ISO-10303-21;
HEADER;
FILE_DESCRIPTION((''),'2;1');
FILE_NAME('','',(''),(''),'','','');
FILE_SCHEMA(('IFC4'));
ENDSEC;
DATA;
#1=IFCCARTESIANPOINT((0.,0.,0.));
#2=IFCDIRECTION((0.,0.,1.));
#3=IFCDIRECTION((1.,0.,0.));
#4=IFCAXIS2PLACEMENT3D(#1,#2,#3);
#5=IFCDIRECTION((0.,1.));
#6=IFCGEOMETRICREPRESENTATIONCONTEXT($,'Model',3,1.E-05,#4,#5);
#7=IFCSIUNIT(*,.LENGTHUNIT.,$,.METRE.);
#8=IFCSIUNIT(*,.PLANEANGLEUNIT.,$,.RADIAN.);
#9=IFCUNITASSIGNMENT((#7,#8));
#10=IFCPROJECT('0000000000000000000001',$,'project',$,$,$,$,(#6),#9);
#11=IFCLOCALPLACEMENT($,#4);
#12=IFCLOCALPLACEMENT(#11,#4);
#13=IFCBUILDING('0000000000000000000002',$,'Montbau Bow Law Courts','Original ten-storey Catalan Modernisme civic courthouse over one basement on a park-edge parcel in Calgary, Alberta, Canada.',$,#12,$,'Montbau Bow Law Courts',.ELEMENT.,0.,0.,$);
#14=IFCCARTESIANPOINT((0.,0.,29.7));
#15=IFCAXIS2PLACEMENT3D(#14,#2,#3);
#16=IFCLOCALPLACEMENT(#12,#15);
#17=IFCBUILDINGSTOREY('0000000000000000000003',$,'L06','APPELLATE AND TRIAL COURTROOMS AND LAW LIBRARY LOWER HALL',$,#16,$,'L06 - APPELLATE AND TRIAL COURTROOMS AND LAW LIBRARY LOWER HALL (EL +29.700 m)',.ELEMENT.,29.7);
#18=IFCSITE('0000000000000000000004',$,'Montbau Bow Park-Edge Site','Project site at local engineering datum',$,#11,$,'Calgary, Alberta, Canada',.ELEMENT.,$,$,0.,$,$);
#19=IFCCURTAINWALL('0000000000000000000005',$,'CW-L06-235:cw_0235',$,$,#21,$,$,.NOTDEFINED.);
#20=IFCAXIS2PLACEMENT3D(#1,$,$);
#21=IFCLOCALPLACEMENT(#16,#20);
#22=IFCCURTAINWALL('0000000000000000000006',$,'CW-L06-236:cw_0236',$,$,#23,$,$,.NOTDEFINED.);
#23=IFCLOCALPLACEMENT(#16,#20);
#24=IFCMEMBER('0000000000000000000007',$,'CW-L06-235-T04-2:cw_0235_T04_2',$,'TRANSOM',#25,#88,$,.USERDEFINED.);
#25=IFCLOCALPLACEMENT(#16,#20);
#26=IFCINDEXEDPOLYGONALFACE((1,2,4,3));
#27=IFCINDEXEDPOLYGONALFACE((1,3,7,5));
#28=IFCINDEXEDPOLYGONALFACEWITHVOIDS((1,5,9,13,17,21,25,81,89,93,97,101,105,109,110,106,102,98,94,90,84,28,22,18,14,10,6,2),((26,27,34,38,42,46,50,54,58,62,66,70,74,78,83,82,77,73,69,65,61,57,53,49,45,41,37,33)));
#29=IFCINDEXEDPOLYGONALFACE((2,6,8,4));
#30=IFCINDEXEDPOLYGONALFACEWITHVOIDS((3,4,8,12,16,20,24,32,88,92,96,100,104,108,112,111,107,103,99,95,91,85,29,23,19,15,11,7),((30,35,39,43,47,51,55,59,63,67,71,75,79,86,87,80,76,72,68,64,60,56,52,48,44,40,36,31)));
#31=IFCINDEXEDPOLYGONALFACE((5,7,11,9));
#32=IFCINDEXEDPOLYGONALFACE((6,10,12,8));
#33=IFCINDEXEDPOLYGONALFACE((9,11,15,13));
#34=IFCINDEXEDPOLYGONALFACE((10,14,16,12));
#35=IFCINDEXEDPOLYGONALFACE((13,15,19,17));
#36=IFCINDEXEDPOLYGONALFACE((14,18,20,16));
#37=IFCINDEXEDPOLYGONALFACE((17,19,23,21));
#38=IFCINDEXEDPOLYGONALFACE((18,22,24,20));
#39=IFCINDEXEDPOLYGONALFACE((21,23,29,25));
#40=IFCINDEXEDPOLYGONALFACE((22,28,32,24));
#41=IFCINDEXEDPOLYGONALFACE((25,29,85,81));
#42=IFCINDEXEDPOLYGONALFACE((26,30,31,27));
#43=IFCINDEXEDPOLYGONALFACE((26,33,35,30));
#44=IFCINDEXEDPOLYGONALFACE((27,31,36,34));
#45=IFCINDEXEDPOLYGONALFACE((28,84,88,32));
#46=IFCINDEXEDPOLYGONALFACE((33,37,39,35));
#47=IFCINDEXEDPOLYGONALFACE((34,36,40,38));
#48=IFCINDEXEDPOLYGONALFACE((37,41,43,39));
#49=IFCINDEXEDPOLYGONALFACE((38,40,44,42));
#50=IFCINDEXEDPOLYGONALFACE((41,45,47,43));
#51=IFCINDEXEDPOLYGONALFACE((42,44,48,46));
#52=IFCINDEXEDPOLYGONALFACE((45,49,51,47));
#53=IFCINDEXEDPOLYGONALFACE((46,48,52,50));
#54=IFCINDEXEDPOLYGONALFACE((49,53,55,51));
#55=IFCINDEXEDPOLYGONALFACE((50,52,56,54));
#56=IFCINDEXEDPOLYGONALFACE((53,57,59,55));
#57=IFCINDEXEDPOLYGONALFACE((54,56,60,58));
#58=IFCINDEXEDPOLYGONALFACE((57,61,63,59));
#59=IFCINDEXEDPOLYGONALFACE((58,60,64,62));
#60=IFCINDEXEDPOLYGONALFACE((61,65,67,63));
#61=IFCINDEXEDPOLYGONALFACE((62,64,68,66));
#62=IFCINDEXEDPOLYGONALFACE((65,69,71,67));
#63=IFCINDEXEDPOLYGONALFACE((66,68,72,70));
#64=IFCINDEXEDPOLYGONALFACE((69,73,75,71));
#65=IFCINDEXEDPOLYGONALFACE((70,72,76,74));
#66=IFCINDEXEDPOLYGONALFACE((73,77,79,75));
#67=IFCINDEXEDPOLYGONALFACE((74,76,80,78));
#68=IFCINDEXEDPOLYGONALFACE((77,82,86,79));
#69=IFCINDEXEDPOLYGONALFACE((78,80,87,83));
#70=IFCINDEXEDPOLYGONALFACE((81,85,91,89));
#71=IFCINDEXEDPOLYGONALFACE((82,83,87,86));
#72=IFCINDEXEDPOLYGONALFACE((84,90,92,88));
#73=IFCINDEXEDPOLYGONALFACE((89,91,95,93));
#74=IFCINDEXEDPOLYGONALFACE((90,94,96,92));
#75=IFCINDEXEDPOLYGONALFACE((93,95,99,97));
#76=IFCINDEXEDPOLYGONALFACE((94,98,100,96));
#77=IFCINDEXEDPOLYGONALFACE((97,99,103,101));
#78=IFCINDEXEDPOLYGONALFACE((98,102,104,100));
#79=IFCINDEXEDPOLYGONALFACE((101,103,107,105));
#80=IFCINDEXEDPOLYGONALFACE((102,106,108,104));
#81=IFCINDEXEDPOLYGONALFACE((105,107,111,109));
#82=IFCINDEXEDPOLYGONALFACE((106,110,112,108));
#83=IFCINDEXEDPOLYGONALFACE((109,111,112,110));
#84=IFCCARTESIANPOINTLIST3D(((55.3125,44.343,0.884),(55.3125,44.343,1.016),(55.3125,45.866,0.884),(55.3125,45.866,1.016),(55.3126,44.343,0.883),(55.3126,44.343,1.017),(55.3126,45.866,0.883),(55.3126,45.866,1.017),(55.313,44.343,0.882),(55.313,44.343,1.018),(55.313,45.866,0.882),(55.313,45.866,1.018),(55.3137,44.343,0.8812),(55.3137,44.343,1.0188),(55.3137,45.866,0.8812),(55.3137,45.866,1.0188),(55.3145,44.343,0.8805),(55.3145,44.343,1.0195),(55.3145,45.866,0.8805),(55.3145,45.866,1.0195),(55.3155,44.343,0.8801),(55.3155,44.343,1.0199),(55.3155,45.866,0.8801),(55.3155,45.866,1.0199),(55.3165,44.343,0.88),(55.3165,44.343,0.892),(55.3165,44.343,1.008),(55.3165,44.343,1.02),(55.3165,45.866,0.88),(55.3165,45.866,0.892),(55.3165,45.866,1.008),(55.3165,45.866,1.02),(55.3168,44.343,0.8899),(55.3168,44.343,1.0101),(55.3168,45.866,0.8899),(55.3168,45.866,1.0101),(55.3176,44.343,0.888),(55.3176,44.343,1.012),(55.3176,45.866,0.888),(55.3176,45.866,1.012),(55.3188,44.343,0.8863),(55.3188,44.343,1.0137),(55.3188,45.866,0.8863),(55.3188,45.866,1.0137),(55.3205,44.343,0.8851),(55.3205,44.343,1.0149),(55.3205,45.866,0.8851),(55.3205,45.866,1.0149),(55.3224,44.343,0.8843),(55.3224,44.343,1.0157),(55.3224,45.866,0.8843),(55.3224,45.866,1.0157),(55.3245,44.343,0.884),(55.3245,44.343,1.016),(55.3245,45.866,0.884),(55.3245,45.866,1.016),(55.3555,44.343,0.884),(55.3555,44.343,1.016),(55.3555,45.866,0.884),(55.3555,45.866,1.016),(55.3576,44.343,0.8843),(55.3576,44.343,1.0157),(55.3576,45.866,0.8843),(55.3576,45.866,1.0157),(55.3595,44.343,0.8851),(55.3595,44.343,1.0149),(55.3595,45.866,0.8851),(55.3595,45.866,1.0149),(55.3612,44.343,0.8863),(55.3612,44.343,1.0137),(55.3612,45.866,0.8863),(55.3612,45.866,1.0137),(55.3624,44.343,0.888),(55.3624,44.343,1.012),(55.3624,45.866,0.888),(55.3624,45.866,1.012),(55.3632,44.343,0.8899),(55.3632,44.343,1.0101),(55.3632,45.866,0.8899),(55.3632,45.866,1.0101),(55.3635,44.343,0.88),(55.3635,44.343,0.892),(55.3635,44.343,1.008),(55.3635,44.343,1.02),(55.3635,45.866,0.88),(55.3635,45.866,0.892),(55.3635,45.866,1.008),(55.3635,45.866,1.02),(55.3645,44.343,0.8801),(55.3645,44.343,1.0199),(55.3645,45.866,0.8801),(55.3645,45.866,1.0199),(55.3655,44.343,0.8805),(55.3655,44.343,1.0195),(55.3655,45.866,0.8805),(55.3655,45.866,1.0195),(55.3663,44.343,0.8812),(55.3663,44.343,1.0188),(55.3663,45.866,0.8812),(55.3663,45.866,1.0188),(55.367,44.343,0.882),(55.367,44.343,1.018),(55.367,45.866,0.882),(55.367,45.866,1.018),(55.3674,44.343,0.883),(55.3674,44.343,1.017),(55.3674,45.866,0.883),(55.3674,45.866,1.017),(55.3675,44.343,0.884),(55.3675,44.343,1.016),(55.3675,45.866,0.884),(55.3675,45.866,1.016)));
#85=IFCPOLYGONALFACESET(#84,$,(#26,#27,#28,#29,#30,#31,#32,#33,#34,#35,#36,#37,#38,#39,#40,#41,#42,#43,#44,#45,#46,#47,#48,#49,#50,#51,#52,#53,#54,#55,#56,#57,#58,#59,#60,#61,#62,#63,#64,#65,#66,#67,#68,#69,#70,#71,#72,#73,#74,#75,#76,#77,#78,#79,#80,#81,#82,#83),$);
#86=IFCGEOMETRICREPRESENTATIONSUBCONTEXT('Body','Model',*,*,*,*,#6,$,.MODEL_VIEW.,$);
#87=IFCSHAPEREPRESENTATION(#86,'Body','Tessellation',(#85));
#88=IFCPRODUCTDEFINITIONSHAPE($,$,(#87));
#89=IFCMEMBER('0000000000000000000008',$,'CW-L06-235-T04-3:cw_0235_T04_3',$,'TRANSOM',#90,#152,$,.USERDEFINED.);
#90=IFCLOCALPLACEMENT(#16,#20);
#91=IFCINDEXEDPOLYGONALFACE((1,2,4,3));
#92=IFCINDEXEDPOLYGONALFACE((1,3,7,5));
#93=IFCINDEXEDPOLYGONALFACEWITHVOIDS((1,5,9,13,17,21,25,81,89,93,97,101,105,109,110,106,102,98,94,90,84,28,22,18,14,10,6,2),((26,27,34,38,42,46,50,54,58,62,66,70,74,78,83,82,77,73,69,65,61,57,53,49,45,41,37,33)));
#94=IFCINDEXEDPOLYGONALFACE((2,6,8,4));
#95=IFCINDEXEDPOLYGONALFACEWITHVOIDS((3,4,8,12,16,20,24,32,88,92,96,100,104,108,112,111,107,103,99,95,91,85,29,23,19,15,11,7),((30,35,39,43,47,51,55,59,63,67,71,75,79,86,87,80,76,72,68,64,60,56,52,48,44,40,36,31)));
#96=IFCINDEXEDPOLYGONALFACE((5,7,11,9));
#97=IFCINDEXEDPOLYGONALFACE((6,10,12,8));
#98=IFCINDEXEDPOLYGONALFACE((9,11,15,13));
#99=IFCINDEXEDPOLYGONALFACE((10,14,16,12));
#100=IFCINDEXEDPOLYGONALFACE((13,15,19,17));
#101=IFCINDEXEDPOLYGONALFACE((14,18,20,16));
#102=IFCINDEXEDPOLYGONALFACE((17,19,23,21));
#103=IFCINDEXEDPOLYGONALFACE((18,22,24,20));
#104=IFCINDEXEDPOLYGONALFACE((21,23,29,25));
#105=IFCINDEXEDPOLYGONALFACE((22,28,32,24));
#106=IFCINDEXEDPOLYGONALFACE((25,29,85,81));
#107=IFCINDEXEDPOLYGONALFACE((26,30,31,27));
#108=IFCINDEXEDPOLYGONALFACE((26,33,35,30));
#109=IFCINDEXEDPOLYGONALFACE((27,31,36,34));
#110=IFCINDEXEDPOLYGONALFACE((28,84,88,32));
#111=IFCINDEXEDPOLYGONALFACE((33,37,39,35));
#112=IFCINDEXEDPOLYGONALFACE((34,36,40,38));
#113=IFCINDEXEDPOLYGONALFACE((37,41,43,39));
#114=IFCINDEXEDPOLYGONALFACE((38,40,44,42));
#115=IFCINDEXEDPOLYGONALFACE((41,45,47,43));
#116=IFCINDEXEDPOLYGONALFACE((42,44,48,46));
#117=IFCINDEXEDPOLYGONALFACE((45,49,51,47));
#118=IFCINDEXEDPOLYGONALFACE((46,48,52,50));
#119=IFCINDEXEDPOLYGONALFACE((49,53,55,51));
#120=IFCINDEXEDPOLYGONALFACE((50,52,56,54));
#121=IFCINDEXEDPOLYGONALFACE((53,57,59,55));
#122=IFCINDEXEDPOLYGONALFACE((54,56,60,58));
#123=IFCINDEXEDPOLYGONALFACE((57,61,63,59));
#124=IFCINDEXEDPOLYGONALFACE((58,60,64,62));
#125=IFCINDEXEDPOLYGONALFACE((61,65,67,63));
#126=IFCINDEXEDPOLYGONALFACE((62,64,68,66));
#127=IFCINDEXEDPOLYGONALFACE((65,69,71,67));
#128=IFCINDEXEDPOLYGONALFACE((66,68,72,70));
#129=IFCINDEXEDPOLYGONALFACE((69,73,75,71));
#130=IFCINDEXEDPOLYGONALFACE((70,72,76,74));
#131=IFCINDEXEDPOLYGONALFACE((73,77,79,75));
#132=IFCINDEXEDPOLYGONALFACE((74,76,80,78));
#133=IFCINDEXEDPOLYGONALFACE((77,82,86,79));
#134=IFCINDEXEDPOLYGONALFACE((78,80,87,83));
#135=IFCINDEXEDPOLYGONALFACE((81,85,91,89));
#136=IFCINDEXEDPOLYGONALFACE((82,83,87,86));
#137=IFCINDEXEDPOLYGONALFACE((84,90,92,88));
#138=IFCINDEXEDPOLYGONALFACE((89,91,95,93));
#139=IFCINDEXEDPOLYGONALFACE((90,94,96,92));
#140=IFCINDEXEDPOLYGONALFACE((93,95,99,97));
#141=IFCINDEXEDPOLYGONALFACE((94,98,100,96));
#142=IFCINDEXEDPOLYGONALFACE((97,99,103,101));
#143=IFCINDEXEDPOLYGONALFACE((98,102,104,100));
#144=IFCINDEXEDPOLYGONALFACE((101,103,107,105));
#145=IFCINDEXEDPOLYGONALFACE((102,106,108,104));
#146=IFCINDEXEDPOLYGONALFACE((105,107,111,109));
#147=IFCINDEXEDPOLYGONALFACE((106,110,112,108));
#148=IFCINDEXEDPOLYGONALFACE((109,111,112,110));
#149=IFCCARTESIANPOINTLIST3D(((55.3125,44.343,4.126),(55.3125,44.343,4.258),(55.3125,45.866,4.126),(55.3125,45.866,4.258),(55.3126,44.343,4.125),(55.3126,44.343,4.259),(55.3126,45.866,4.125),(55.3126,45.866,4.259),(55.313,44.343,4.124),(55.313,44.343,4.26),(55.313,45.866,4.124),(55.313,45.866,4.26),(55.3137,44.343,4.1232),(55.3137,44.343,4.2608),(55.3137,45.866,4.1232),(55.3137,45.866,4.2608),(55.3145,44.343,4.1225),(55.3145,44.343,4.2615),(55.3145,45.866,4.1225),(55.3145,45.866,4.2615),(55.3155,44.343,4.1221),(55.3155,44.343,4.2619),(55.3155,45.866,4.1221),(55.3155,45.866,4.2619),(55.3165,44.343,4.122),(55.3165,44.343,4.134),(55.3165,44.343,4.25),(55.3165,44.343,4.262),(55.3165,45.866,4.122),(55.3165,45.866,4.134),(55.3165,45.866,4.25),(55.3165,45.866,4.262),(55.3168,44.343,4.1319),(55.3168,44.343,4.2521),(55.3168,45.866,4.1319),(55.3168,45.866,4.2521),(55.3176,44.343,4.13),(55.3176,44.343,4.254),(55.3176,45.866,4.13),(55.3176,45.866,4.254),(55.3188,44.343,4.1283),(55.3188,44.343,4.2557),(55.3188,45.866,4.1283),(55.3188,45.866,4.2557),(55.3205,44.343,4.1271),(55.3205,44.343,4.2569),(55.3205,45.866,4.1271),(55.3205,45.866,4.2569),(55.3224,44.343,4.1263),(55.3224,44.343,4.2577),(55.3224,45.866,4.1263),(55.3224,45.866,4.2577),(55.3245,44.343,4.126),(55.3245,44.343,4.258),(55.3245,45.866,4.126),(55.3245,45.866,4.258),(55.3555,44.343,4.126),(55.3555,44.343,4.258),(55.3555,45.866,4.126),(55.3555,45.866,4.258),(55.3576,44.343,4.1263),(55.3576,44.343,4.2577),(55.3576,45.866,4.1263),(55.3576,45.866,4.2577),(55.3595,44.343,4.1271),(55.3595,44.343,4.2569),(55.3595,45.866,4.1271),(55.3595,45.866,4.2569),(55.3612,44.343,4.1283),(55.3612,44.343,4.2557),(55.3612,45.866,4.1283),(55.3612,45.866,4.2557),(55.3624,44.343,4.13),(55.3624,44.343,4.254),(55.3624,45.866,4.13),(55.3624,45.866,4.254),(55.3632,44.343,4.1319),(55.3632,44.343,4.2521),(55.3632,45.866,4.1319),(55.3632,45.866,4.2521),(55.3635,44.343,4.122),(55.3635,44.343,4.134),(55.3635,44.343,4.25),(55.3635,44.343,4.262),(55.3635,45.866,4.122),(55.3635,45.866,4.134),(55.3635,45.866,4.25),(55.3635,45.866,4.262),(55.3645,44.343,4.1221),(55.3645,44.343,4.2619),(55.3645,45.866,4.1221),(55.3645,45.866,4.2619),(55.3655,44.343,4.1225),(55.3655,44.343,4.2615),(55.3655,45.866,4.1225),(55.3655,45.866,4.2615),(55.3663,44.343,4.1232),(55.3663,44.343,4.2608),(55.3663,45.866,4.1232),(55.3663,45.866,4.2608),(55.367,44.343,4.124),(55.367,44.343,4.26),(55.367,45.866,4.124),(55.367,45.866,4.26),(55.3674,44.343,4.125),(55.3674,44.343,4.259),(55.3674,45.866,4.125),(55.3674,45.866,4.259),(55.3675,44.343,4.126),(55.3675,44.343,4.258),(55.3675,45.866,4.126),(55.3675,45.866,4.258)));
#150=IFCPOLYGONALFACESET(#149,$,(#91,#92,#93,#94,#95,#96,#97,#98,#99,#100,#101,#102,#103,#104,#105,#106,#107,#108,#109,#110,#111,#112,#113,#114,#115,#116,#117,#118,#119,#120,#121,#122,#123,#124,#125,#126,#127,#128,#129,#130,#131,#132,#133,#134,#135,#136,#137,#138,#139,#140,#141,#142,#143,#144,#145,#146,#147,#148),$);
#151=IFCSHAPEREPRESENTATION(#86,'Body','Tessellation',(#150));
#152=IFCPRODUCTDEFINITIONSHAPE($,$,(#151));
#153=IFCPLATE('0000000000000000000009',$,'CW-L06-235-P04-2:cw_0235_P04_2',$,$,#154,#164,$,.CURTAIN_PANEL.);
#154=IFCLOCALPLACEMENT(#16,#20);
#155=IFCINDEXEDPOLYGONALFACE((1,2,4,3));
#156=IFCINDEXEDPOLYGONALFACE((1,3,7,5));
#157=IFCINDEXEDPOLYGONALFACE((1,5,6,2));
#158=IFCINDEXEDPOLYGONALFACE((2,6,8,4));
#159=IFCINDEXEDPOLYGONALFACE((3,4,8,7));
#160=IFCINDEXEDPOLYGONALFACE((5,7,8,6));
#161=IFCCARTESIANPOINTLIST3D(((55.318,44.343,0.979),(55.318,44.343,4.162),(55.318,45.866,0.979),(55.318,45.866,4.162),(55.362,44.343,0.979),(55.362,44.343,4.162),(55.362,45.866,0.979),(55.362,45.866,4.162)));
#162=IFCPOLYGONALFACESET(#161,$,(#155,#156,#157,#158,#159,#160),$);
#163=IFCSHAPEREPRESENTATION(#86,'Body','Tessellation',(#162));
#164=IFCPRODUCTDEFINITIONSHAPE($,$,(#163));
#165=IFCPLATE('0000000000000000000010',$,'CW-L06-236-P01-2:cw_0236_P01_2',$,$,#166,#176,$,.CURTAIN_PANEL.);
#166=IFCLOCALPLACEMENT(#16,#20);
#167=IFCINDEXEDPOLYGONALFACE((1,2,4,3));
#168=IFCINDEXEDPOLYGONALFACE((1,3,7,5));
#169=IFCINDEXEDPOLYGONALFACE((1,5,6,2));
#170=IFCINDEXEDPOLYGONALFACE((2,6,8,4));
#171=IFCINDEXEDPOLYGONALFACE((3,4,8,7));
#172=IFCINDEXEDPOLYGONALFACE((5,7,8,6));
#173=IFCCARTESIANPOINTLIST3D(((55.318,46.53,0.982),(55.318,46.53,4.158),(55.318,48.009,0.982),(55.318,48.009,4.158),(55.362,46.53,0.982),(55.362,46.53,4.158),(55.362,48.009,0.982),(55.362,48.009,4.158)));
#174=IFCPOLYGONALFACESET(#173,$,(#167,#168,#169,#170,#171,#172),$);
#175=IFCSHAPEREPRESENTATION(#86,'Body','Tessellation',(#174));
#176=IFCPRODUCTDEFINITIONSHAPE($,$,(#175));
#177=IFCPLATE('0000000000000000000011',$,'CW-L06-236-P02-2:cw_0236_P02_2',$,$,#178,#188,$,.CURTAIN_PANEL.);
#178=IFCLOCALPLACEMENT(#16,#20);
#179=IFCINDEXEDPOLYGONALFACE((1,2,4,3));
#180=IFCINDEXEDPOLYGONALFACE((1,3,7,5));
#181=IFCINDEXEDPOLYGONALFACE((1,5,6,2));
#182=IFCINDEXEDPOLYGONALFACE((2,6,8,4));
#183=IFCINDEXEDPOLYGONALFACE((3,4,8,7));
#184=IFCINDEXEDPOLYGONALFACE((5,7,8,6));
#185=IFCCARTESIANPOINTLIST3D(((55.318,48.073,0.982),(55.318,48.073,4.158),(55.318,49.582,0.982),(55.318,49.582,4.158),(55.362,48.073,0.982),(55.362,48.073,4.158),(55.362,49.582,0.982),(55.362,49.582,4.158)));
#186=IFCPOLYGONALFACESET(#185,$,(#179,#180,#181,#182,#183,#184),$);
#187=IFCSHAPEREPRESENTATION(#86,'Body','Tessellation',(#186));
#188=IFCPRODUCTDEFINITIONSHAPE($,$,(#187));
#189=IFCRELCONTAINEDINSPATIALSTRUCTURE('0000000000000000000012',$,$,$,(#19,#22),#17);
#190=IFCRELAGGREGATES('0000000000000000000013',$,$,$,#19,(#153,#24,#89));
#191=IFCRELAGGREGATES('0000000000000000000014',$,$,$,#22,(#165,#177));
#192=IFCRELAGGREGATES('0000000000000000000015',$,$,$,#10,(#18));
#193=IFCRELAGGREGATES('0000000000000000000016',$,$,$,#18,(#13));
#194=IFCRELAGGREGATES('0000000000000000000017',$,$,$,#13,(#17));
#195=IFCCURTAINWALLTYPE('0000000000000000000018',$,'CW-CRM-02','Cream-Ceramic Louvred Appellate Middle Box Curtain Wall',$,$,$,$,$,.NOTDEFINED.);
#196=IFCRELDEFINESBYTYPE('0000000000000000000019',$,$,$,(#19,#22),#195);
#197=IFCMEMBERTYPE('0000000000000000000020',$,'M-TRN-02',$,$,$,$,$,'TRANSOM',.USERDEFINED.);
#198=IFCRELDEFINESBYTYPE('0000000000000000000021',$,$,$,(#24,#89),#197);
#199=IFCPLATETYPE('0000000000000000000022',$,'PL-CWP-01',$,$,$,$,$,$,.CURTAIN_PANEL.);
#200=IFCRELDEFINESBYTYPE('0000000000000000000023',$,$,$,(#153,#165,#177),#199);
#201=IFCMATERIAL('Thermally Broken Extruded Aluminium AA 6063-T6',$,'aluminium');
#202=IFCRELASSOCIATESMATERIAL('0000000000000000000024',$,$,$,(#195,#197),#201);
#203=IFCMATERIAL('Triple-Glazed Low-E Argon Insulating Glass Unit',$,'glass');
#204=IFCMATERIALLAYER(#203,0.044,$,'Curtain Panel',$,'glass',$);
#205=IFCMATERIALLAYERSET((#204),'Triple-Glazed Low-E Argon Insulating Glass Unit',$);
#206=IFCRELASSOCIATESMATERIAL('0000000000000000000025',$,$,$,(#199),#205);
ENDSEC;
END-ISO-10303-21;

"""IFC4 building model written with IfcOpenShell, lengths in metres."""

from ifc_helpers import new_model, si_unit, direction, frame, frame_2d, origin_with_axes, origin_2d_with_axis, place, context, subcontext, project, spatial, rectangle, hollow_rectangle, extrude, material, layer, layer_set, material_profile, profile_set, type_object, element, aggregate, save


model = new_model("IFC4")

# Units and contexts
model_context = context("Model", 3, precision=1e-05, world=origin_with_axes(), true_north=direction((0.0, 1.0)))
body_context = subcontext(model_context, "Body", "Model", "MODEL_VIEW")
ifc_project = project(units=[si_unit("LENGTHUNIT", "METRE"), si_unit("PLANEANGLEUNIT", "RADIAN")], contexts=[model_context])

# Site, building, storey
site_placement = place(None, origin_with_axes())
site = spatial("IfcSite", under=ifc_project, at=site_placement, Name="Montbau Bow Park-Edge Site", Description="Project site at local engineering datum", LongName="Calgary, Alberta, Canada", CompositionType="ELEMENT", RefElevation=0.0)
building_placement = place(site_placement, origin_with_axes())
building = spatial("IfcBuilding", under=site, at=building_placement, Name="Montbau Bow Law Courts", Description="Original ten-storey Catalan Modernisme civic courthouse over one basement on a park-edge parcel in Calgary, Alberta, Canada.", LongName="Montbau Bow Law Courts", CompositionType="ELEMENT", ElevationOfRefHeight=0.0, ElevationOfTerrain=0.0)
storey_placement = place(building_placement, frame((0.0, 0.0, 29.7), z_axis=(0.0, 0.0, 1.0), x_axis=(1.0, 0.0, 0.0)))
storey = spatial("IfcBuildingStorey", under=building, at=storey_placement, Name="L06", Description="APPELLATE AND TRIAL COURTROOMS AND LAW LIBRARY LOWER HALL", LongName="L06 - APPELLATE AND TRIAL COURTROOMS AND LAW LIBRARY LOWER HALL (EL +29.700 m)", CompositionType="ELEMENT", Elevation=29.7)

# Curtain wall
ifc_material_1 = material(Name="Thermally Broken Extruded Aluminium AA 6063-T6", Category="aluminium")
curtain_wall_type = type_object("IfcCurtainWallType", Name="CW-CRM-02", Description="Cream-Ceramic Louvred Appellate Middle Box Curtain Wall", PredefinedType="NOTDEFINED", material=ifc_material_1)
curtain_wall_1_placement = place(None, frame((55.34, 39.44, 29.7), z_axis=(0.0, 0.0, 1.0), x_axis=(1.0, 0.0, 0.0)))
curtain_wall_1 = element("IfcCurtainWall", 1, at=curtain_wall_1_placement, inside=storey, type_object=curtain_wall_type, Name="CW-L06-235:cw_0235", PredefinedType="NOTDEFINED")

# Curtain wall
curtain_wall_2_placement = place(None, frame((55.34, 46.468, 29.7), z_axis=(0.0, 0.0, 1.0), x_axis=(1.0, 0.0, 0.0)))
curtain_wall_2 = element("IfcCurtainWall", 2, at=curtain_wall_2_placement, inside=storey, type_object=curtain_wall_type, Name="CW-L06-236:cw_0236", PredefinedType="NOTDEFINED")

# Members
ifc_material_profile_1 = material_profile(ifc_material_1, hollow_rectangle(XDim=0.055, YDim=0.14, WallThickness=0.004, InnerFilletRadius=0.008, OuterFilletRadius=0.004, at=origin_2d_with_axis()), Name="CWT-140X55", Category="Main", Priority=0)
ifc_profile_set_1 = profile_set([ifc_material_profile_1], Name="Thermally Broken Extruded Aluminium AA 6063-T6")
member_type_1 = type_object("IfcMemberType", Name="M-TRN-02", ElementType="TRANSOM", PredefinedType="USERDEFINED", material=ifc_profile_set_1)
member_1_placement = place(None, frame((55.34, 44.343, 30.65), z_axis=(0.0, 1.0, 0.0), x_axis=(-1.0, 0.0, 0.0)))
member_1 = element("IfcMember", 3, at=member_1_placement, type_object=member_type_1, Name="CW-L06-235-T04-2:cw_0235_T04_2", ObjectType="TRANSOM", PredefinedType="USERDEFINED", context=body_context, shape_type="SweptSolid", body=[
    extrude(hollow_rectangle(XDim=0.055, YDim=0.14, WallThickness=0.004, InnerFilletRadius=0.008, OuterFilletRadius=0.004, at=origin_2d_with_axis()), origin_with_axes(), (0.0, 0.0, 1.0), 1.523),
])
member_2_placement = place(None, frame((55.34, 44.343, 33.892), z_axis=(0.0, 1.0, 0.0), x_axis=(-1.0, 0.0, 0.0)))
member_2 = element("IfcMember", 4, at=member_2_placement, type_object=member_type_1, Name="CW-L06-235-T04-3:cw_0235_T04_3", ObjectType="TRANSOM", PredefinedType="USERDEFINED", context=body_context, shape_type="SweptSolid", body=[
    extrude(hollow_rectangle(XDim=0.055, YDim=0.14, WallThickness=0.004, InnerFilletRadius=0.008, OuterFilletRadius=0.004, at=origin_2d_with_axis()), origin_with_axes(), (0.0, 0.0, 1.0), 1.523),
])

# Plates
ifc_material_2 = material(Name="Triple-Glazed Low-E Argon Insulating Glass Unit", Category="glass")
ifc_layer_1 = layer(ifc_material_2, 0.044, Name="Curtain Panel", Category="glass")
ifc_layer_set_1 = layer_set([ifc_layer_1], Name="Triple-Glazed Low-E Argon Insulating Glass Unit")
plate_type_1 = type_object("IfcPlateType", Name="PL-CWP-01", PredefinedType="CURTAIN_PANEL", material=ifc_layer_set_1)
plate_1_placement = place(None, frame((55.34, 44.343, 30.679), z_axis=(1.0, 0.0, 0.0), x_axis=(0.0, 1.0, 0.0)))
plate_1 = element("IfcPlate", 5, at=plate_1_placement, type_object=plate_type_1, Name="CW-L06-235-P04-2:cw_0235_P04_2", PredefinedType="CURTAIN_PANEL", context=body_context, shape_type="SweptSolid", body=[
    extrude(rectangle(XDim=1.523, YDim=3.183, at=frame_2d((0.7615, 1.5915), x_axis=(1.0, 0.0))), frame((0.0, 0.0, -0.022), z_axis=(0.0, 0.0, 1.0), x_axis=(1.0, 0.0, 0.0)), (0.0, 0.0, 1.0), 0.044),
])
plate_2_placement = place(None, frame((55.34, 46.53, 30.682), z_axis=(1.0, 0.0, 0.0), x_axis=(0.0, 1.0, 0.0)))
plate_2 = element("IfcPlate", 6, at=plate_2_placement, type_object=plate_type_1, Name="CW-L06-236-P01-2:cw_0236_P01_2", PredefinedType="CURTAIN_PANEL", context=body_context, shape_type="SweptSolid", body=[
    extrude(rectangle(XDim=1.479, YDim=3.176, at=frame_2d((0.7395, 1.588), x_axis=(1.0, 0.0))), frame((0.0, 0.0, -0.022), z_axis=(0.0, 0.0, 1.0), x_axis=(1.0, 0.0, 0.0)), (0.0, 0.0, 1.0), 0.044),
])
plate_3_placement = place(None, frame((55.34, 48.073, 30.682), z_axis=(1.0, 0.0, 0.0), x_axis=(0.0, 1.0, 0.0)))
plate_3 = element("IfcPlate", 7, at=plate_3_placement, type_object=plate_type_1, Name="CW-L06-236-P02-2:cw_0236_P02_2", PredefinedType="CURTAIN_PANEL", context=body_context, shape_type="SweptSolid", body=[
    extrude(rectangle(XDim=1.509, YDim=3.176, at=frame_2d((0.7545, 1.588), x_axis=(1.0, 0.0))), frame((0.0, 0.0, -0.022), z_axis=(0.0, 0.0, 1.0), x_axis=(1.0, 0.0, 0.0)), (0.0, 0.0, 1.0), 0.044),
])
aggregate(curtain_wall_1, [plate_1, member_1, member_2])
aggregate(curtain_wall_2, [plate_2, plate_3])

save(model, "model.ifc")
